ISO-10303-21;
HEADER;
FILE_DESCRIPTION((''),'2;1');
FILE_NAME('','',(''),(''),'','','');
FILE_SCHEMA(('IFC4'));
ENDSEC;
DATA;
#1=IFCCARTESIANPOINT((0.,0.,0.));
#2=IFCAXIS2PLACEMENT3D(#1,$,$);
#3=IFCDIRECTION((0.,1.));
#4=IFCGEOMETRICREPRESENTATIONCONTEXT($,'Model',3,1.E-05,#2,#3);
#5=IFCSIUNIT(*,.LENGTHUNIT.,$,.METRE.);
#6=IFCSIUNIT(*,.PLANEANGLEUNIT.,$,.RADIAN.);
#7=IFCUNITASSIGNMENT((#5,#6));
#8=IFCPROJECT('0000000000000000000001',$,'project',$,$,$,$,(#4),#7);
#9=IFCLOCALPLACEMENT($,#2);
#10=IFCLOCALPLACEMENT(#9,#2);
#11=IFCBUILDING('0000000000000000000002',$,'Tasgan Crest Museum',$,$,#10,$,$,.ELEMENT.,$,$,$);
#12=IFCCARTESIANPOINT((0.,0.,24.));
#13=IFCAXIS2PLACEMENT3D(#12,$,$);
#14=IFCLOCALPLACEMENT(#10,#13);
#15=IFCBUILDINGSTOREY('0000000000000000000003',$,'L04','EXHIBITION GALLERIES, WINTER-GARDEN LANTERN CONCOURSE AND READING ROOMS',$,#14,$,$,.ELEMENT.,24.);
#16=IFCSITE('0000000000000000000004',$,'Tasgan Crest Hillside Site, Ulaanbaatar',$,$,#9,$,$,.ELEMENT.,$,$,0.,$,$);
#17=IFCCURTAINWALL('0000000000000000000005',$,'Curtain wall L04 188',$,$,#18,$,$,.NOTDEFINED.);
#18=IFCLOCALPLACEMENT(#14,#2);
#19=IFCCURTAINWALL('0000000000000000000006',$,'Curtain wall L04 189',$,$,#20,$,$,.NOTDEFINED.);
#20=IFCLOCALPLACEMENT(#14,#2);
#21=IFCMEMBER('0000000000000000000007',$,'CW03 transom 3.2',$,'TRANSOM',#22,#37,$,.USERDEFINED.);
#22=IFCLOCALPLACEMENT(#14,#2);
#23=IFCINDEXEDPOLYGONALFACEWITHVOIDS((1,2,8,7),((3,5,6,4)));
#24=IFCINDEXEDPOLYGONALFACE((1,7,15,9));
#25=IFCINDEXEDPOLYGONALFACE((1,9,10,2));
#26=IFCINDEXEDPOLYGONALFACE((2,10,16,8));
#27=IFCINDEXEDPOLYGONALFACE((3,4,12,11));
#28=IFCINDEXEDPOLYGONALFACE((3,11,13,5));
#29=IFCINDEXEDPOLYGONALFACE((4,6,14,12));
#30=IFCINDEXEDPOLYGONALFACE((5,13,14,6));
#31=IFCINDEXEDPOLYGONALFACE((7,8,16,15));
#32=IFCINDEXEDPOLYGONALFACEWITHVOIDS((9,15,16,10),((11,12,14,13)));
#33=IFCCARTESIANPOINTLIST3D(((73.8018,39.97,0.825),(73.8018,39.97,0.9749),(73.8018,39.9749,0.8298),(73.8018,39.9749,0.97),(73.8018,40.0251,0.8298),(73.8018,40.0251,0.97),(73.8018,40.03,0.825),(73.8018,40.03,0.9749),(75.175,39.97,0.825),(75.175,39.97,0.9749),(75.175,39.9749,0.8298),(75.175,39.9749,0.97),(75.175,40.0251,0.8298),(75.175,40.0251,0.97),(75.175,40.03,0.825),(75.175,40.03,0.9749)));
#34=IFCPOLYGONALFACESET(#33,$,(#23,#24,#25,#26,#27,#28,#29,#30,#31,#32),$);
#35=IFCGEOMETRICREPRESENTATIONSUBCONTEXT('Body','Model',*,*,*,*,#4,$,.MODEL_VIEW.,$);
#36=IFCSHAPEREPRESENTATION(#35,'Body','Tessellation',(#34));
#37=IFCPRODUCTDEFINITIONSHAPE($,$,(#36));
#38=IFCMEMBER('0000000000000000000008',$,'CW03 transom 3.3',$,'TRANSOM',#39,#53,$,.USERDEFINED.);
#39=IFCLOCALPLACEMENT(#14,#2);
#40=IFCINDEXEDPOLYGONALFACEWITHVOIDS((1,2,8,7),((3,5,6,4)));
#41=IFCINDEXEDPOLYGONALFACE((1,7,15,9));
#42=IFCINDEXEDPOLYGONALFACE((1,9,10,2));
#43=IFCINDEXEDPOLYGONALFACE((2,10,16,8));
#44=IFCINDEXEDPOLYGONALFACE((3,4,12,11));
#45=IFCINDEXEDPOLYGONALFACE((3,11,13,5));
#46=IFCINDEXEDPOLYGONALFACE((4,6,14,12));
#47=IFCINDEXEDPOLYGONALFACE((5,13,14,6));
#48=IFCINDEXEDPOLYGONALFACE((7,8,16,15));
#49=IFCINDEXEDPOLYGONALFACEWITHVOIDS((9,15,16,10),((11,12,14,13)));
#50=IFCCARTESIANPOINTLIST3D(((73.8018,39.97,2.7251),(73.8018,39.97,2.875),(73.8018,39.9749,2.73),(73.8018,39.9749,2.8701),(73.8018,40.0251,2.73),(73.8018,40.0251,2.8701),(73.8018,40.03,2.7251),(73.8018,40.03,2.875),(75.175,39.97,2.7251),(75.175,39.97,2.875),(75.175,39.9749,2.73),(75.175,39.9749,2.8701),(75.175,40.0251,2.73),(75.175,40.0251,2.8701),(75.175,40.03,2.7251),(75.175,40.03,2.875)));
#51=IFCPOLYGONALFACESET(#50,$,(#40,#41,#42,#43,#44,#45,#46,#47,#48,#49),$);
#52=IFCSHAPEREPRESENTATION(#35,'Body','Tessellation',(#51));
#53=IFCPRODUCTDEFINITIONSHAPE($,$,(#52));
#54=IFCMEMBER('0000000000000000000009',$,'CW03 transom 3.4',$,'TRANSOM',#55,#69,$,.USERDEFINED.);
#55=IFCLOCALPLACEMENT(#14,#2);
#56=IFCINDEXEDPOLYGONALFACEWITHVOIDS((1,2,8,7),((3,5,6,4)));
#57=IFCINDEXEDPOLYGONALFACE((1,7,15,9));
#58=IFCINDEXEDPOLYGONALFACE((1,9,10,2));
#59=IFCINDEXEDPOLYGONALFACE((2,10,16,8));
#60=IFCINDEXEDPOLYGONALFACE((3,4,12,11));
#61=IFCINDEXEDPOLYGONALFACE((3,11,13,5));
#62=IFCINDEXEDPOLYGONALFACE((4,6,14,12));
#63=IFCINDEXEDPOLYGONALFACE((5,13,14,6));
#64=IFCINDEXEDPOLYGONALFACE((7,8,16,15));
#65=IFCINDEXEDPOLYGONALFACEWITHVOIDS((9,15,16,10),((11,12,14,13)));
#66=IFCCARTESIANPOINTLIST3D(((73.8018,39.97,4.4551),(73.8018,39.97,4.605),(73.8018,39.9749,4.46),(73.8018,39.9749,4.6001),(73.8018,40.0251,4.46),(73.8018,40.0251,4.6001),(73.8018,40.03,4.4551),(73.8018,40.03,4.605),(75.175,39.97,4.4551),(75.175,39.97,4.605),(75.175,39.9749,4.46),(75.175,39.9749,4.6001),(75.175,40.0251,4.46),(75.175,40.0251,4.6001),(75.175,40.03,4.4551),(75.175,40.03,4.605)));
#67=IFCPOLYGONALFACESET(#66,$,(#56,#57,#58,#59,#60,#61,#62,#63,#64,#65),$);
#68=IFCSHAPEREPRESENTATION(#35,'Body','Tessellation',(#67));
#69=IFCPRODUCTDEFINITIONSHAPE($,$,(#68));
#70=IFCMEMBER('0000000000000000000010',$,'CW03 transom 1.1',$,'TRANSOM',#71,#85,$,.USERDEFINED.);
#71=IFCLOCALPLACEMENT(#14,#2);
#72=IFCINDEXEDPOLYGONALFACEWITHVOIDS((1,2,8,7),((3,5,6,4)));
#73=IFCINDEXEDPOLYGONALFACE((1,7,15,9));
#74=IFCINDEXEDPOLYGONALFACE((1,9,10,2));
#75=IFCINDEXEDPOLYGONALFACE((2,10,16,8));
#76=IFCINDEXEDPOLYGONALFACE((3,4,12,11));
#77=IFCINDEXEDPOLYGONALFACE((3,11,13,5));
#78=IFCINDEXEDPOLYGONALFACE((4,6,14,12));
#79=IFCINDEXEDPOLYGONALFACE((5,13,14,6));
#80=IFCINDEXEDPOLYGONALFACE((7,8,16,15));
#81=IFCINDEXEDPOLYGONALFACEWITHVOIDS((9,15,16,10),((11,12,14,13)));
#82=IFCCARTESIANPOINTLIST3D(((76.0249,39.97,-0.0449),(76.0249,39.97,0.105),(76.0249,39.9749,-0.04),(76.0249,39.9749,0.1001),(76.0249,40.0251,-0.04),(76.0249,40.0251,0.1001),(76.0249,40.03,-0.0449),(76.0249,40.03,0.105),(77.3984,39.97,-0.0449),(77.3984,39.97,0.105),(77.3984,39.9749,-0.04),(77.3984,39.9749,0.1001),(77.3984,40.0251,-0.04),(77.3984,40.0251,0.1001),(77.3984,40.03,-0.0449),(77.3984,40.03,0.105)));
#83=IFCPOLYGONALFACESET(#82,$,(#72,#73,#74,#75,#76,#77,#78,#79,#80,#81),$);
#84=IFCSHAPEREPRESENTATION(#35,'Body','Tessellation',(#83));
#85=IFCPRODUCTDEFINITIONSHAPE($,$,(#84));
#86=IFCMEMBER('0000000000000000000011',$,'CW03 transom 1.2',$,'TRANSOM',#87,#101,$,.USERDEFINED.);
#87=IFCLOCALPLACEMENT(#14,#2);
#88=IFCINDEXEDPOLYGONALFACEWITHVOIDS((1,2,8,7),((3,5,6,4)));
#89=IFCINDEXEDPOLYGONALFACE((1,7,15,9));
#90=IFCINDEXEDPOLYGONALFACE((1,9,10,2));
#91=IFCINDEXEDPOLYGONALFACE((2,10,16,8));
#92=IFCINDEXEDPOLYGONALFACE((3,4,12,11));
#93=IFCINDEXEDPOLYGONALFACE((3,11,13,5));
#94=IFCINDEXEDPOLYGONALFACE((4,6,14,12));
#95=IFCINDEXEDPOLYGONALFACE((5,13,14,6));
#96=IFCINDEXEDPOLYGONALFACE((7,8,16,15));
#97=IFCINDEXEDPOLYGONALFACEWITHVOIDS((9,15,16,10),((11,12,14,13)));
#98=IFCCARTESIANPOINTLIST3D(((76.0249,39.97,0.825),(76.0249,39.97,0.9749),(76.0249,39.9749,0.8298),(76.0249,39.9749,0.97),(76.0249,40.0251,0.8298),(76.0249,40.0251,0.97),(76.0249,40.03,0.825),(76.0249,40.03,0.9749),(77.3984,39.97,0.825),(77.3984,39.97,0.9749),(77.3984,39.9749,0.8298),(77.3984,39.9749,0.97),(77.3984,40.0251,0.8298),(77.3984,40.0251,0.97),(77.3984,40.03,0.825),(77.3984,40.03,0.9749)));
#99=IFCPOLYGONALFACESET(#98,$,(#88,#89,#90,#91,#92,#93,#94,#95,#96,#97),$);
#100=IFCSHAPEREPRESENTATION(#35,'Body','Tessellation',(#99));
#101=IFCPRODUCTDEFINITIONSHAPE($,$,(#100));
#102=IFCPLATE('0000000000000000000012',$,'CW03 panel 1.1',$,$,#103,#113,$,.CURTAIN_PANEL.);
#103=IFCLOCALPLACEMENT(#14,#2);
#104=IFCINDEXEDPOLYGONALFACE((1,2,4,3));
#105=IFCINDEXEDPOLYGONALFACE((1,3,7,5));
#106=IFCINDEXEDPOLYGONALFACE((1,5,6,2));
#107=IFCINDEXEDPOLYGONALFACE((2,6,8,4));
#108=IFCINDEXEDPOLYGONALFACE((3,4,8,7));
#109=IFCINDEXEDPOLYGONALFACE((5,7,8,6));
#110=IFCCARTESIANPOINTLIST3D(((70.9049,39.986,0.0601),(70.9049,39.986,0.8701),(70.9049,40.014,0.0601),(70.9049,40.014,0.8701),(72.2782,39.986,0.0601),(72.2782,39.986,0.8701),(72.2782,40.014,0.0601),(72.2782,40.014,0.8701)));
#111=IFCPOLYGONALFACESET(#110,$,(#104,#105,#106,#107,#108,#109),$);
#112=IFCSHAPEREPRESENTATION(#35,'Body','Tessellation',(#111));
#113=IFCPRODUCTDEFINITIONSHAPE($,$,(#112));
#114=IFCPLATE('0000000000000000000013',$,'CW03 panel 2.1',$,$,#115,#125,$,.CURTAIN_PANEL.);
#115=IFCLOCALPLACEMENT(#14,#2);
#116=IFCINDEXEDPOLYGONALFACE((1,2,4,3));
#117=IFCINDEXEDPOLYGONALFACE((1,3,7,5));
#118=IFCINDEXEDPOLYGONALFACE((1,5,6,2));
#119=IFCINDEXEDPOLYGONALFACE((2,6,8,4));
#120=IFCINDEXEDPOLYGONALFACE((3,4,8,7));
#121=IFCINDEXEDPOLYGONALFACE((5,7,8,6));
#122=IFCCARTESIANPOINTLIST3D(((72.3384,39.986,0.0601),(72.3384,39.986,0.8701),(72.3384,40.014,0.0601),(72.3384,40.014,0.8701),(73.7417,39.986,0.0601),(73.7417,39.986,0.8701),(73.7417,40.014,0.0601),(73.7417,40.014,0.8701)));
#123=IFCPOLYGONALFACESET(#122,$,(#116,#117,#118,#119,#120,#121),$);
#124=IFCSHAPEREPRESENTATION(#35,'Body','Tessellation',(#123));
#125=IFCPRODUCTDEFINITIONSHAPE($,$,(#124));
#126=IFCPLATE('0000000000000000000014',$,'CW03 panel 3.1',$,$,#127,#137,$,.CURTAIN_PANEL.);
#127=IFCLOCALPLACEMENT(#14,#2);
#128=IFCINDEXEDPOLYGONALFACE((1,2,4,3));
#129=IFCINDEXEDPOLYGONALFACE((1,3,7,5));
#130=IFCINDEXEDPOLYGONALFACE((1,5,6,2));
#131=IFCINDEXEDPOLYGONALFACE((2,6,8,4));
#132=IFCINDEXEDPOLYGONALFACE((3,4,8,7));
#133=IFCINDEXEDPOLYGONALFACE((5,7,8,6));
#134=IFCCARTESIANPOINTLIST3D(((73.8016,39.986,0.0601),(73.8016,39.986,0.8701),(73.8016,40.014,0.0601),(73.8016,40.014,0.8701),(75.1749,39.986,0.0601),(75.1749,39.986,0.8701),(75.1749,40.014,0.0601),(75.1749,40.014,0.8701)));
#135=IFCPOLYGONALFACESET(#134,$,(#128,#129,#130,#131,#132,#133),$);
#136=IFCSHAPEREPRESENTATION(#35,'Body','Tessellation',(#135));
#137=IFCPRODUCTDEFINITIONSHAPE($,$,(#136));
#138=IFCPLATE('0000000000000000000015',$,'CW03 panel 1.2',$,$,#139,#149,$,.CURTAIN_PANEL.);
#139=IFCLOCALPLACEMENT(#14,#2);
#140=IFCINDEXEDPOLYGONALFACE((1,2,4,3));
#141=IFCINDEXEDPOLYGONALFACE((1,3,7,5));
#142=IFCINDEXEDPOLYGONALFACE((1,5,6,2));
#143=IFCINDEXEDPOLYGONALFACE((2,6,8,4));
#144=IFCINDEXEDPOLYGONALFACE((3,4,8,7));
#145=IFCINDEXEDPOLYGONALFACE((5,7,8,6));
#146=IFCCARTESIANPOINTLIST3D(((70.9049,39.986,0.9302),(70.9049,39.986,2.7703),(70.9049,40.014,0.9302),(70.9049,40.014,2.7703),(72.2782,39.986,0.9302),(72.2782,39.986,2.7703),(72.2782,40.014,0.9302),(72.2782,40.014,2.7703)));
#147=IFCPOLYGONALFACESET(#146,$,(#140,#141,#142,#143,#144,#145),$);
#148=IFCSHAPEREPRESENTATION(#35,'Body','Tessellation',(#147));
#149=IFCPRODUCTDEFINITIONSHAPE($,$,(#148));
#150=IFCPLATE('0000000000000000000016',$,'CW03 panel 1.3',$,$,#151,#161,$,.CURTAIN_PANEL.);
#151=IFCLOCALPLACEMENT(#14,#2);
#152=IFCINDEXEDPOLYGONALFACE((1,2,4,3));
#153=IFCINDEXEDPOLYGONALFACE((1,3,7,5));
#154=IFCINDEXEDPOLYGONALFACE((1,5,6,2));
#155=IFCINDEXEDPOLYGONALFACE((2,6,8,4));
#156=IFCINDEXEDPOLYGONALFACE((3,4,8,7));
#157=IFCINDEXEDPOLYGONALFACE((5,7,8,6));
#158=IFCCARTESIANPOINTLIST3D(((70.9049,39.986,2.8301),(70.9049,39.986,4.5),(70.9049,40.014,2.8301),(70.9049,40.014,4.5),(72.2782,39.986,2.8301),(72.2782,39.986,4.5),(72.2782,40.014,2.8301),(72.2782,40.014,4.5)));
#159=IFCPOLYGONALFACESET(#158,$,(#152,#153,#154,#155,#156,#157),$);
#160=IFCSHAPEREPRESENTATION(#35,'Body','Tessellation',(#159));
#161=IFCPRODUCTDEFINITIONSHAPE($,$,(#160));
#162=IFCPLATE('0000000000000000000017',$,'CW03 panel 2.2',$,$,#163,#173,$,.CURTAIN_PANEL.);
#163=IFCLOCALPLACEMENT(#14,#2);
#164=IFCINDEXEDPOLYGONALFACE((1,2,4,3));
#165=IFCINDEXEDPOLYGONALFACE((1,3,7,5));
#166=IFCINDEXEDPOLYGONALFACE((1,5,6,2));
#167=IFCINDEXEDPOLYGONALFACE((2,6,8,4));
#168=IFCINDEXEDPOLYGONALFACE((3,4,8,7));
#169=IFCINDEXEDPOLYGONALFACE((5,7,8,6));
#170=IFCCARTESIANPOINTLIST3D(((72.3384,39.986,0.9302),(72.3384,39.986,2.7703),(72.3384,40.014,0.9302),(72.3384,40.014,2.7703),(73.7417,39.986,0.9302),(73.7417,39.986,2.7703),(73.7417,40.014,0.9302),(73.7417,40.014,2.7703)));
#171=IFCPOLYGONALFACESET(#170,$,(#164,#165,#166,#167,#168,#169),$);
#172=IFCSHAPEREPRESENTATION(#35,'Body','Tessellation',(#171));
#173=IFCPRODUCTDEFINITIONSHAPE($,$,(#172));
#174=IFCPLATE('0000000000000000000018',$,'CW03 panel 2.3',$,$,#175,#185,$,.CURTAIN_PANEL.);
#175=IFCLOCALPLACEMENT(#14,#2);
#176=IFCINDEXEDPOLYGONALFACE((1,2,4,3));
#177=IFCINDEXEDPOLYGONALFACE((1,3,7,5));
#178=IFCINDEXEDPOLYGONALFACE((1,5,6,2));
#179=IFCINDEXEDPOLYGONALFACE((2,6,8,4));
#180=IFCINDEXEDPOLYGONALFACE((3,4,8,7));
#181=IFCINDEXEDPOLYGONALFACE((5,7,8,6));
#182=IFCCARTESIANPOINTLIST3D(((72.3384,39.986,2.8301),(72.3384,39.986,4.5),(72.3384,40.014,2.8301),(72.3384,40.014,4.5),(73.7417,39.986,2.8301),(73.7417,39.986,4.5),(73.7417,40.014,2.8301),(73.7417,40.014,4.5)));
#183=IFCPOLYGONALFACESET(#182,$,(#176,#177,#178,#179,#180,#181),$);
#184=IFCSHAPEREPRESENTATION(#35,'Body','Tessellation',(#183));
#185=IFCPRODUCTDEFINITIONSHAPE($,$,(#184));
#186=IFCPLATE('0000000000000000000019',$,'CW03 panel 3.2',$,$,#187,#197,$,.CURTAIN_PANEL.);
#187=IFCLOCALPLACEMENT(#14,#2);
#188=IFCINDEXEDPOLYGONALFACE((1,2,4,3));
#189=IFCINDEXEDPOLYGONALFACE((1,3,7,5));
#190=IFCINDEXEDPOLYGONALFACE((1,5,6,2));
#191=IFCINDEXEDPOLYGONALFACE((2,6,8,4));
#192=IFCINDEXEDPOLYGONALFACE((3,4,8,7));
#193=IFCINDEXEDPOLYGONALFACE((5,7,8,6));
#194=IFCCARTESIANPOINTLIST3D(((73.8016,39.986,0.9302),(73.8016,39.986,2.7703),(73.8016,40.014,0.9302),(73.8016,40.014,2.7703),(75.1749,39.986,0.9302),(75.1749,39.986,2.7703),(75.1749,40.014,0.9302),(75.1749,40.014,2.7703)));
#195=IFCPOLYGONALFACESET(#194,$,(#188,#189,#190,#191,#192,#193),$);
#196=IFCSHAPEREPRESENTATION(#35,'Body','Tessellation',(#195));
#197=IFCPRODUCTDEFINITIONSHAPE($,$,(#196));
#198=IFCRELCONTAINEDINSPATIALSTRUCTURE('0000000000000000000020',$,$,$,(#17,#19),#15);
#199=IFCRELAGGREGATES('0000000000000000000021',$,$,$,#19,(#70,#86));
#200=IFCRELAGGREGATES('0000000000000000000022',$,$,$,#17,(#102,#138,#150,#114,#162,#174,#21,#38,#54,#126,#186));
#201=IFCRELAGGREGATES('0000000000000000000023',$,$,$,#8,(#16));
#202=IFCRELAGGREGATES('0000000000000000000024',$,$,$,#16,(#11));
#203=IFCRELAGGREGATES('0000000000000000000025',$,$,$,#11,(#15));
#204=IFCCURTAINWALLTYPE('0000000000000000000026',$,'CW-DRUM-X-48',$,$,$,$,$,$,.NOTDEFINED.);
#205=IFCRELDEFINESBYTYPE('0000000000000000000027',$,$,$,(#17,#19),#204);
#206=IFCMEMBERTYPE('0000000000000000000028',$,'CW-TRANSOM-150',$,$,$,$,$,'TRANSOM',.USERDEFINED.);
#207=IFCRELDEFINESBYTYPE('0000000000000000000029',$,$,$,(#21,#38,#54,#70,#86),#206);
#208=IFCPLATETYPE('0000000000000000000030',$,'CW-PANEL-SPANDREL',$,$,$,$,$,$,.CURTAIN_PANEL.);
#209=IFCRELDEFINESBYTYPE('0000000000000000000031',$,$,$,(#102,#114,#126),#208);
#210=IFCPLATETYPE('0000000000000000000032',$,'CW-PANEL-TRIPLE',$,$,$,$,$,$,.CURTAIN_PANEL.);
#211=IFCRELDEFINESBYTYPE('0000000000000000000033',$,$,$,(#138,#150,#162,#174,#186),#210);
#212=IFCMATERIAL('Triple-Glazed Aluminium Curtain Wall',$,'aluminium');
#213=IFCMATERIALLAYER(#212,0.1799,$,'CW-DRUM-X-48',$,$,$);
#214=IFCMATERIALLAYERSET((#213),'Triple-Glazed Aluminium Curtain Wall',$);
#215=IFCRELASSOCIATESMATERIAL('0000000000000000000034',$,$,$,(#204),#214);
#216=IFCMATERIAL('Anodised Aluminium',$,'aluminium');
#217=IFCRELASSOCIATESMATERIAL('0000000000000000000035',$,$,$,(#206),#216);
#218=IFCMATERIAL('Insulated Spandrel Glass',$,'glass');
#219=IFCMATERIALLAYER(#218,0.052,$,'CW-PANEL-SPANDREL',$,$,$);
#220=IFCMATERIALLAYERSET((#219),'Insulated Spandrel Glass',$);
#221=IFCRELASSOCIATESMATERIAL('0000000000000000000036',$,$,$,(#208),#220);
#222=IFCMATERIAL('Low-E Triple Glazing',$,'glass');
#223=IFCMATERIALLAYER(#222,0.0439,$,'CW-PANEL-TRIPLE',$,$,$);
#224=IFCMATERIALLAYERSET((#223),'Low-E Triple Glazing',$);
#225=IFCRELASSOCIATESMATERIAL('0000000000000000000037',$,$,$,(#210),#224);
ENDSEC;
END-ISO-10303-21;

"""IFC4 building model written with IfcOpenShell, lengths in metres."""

from ifc_helpers import new_model, si_unit, direction, frame, origin, origin_2d, place, context, subcontext, project, spatial, rectangle, hollow_rectangle, extrude, material, layer, layer_set, material_profile, profile_set, type_object, element, aggregate, save


model = new_model("IFC4")

# Units and contexts
model_context = context("Model", 3, precision=1e-05, world=origin(), true_north=direction((0.0, 1.0)))
body_context = subcontext(model_context, "Body", "Model", "MODEL_VIEW")
ifc_project = project(units=[si_unit("LENGTHUNIT", "METRE"), si_unit("PLANEANGLEUNIT", "RADIAN")], contexts=[model_context])

# Site, building, storey
site_placement = place(None, origin())
site = spatial("IfcSite", under=ifc_project, at=site_placement, Name="Tasgan Crest Hillside Site, Ulaanbaatar", CompositionType="ELEMENT", RefElevation=0.0)
building_placement = place(site_placement, origin())
building = spatial("IfcBuilding", under=site, at=building_placement, Name="Tasgan Crest Museum", CompositionType="ELEMENT")
storey_placement = place(building_placement, frame((0.0, 0.0, 24.0)))
storey = spatial("IfcBuildingStorey", under=building, at=storey_placement, Name="L04", Description="EXHIBITION GALLERIES, WINTER-GARDEN LANTERN CONCOURSE AND READING ROOMS", CompositionType="ELEMENT", Elevation=24.0)

# Curtain wall
ifc_material_1 = material(Name="Triple-Glazed Aluminium Curtain Wall", Category="aluminium")
ifc_layer_1 = layer(ifc_material_1, 0.1799, Name="CW-DRUM-X-48")
ifc_layer_set_1 = layer_set([ifc_layer_1], Name="Triple-Glazed Aluminium Curtain Wall")
curtain_wall_type = type_object("IfcCurtainWallType", Name="CW-DRUM-X-48", PredefinedType="NOTDEFINED", material=ifc_layer_set_1)
curtain_wall_1_placement = place(storey_placement, origin())
curtain_wall_1 = element("IfcCurtainWall", 1, at=curtain_wall_1_placement, inside=storey, type_object=curtain_wall_type, Name="Curtain wall L04 188", PredefinedType="NOTDEFINED")

# Curtain wall
curtain_wall_2_placement = place(storey_placement, origin())
curtain_wall_2 = element("IfcCurtainWall", 2, at=curtain_wall_2_placement, inside=storey, type_object=curtain_wall_type, Name="Curtain wall L04 189", PredefinedType="NOTDEFINED")

# Members
ifc_material_2 = material(Name="Anodised Aluminium", Category="aluminium")
ifc_material_profile_1 = material_profile(ifc_material_2, hollow_rectangle(XDim=0.0601, YDim=0.1499, WallThickness=0.0049, at=origin_2d()), Name="ALU TRANSOM 150x60x5")
ifc_profile_set_1 = profile_set([ifc_material_profile_1], Name="Anodised Aluminium")
member_type_1 = type_object("IfcMemberType", Name="CW-TRANSOM-150", ElementType="TRANSOM", PredefinedType="USERDEFINED", material=ifc_profile_set_1)
member_1_placement = place(storey_placement, frame((73.8018, 40.0, 0.8999), z_axis=(1.0, 0.0, 0.0), x_axis=(0.0, 1.0, 0.0)))
member_1 = element("IfcMember", 3, at=member_1_placement, type_object=member_type_1, Name="CW03 transom 3.2", ObjectType="TRANSOM", PredefinedType="USERDEFINED", context=body_context, shape_type="SweptSolid", body=[
    extrude(hollow_rectangle(XDim=0.0601, YDim=0.1499, WallThickness=0.0049, at=origin_2d()), origin(), (0.0, 0.0, 1.0), 1.3733),
])
member_2_placement = place(storey_placement, frame((73.8018, 40.0, 2.8), z_axis=(1.0, 0.0, 0.0), x_axis=(0.0, 1.0, 0.0)))
member_2 = element("IfcMember", 4, at=member_2_placement, type_object=member_type_1, Name="CW03 transom 3.3", ObjectType="TRANSOM", PredefinedType="USERDEFINED", context=body_context, shape_type="SweptSolid", body=[
    extrude(hollow_rectangle(XDim=0.0601, YDim=0.1499, WallThickness=0.0049, at=origin_2d()), origin(), (0.0, 0.0, 1.0), 1.3733),
])
member_3_placement = place(storey_placement, frame((73.8018, 40.0, 4.53), z_axis=(1.0, 0.0, 0.0), x_axis=(0.0, 1.0, 0.0)))
member_3 = element("IfcMember", 5, at=member_3_placement, type_object=member_type_1, Name="CW03 transom 3.4", ObjectType="TRANSOM", PredefinedType="USERDEFINED", context=body_context, shape_type="SweptSolid", body=[
    extrude(hollow_rectangle(XDim=0.0601, YDim=0.1499, WallThickness=0.0049, at=origin_2d()), origin(), (0.0, 0.0, 1.0), 1.3733),
])
member_4_placement = place(storey_placement, frame((76.0249, 40.0, 0.03), z_axis=(1.0, 0.0, 0.0), x_axis=(0.0, 1.0, 0.0)))
member_4 = element("IfcMember", 6, at=member_4_placement, type_object=member_type_1, Name="CW03 transom 1.1", ObjectType="TRANSOM", PredefinedType="USERDEFINED", context=body_context, shape_type="SweptSolid", body=[
    extrude(hollow_rectangle(XDim=0.0601, YDim=0.1499, WallThickness=0.0049, at=origin_2d()), origin(), (0.0, 0.0, 1.0), 1.3735),
])
member_5_placement = place(storey_placement, frame((76.0249, 40.0, 0.8999), z_axis=(1.0, 0.0, 0.0), x_axis=(0.0, 1.0, 0.0)))
member_5 = element("IfcMember", 7, at=member_5_placement, type_object=member_type_1, Name="CW03 transom 1.2", ObjectType="TRANSOM", PredefinedType="USERDEFINED", context=body_context, shape_type="SweptSolid", body=[
    extrude(hollow_rectangle(XDim=0.0601, YDim=0.1499, WallThickness=0.0049, at=origin_2d()), origin(), (0.0, 0.0, 1.0), 1.3735),
])
aggregate(curtain_wall_2, [member_4, member_5])

# Plates
ifc_material_3 = material(Name="Insulated Spandrel Glass", Category="glass")
ifc_layer_2 = layer(ifc_material_3, 0.052, Name="CW-PANEL-SPANDREL")
ifc_layer_set_2 = layer_set([ifc_layer_2], Name="Insulated Spandrel Glass")
plate_type_1 = type_object("IfcPlateType", Name="CW-PANEL-SPANDREL", PredefinedType="CURTAIN_PANEL", material=ifc_layer_set_2)
plate_1_placement = place(storey_placement, frame((71.5916, 40.0, 0.0601), z_axis=(0.0, 0.0, 1.0), x_axis=(1.0, 0.0, 0.0)))
plate_1 = element("IfcPlate", 8, at=plate_1_placement, type_object=plate_type_1, Name="CW03 panel 1.1", PredefinedType="CURTAIN_PANEL", context=body_context, shape_type="SweptSolid", body=[
    extrude(rectangle(XDim=1.3733, YDim=0.0281, at=origin_2d()), origin(), (0.0, 0.0, 1.0), 0.8101),
])
plate_2_placement = place(storey_placement, frame((73.04, 40.0, 0.0601), z_axis=(0.0, 0.0, 1.0), x_axis=(1.0, 0.0, 0.0)))
plate_2 = element("IfcPlate", 9, at=plate_2_placement, type_object=plate_type_1, Name="CW03 panel 2.1", PredefinedType="CURTAIN_PANEL", context=body_context, shape_type="SweptSolid", body=[
    extrude(rectangle(XDim=1.4033, YDim=0.0281, at=origin_2d()), origin(), (0.0, 0.0, 1.0), 0.8101),
])
plate_3_placement = place(storey_placement, frame((74.4883, 40.0, 0.0601), z_axis=(0.0, 0.0, 1.0), x_axis=(1.0, 0.0, 0.0)))
plate_3 = element("IfcPlate", 10, at=plate_3_placement, type_object=plate_type_1, Name="CW03 panel 3.1", PredefinedType="CURTAIN_PANEL", context=body_context, shape_type="SweptSolid", body=[
    extrude(rectangle(XDim=1.3733, YDim=0.0281, at=origin_2d()), origin(), (0.0, 0.0, 1.0), 0.8101),
])
ifc_material_4 = material(Name="Low-E Triple Glazing", Category="glass")
ifc_layer_3 = layer(ifc_material_4, 0.0439, Name="CW-PANEL-TRIPLE")
ifc_layer_set_3 = layer_set([ifc_layer_3], Name="Low-E Triple Glazing")
plate_type_2 = type_object("IfcPlateType", Name="CW-PANEL-TRIPLE", PredefinedType="CURTAIN_PANEL", material=ifc_layer_set_3)
plate_4_placement = place(storey_placement, frame((71.5916, 40.0, 0.9302), z_axis=(0.0, 0.0, 1.0), x_axis=(1.0, 0.0, 0.0)))
plate_4 = element("IfcPlate", 11, at=plate_4_placement, type_object=plate_type_2, Name="CW03 panel 1.2", PredefinedType="CURTAIN_PANEL", context=body_context, shape_type="SweptSolid", body=[
    extrude(rectangle(XDim=1.3733, YDim=0.0281, at=origin_2d()), origin(), (0.0, 0.0, 1.0), 1.8401),
])
plate_5_placement = place(storey_placement, frame((71.5916, 40.0, 2.8301), z_axis=(0.0, 0.0, 1.0), x_axis=(1.0, 0.0, 0.0)))
plate_5 = element("IfcPlate", 12, at=plate_5_placement, type_object=plate_type_2, Name="CW03 panel 1.3", PredefinedType="CURTAIN_PANEL", context=body_context, shape_type="SweptSolid", body=[
    extrude(rectangle(XDim=1.3733, YDim=0.0281, at=origin_2d()), origin(), (0.0, 0.0, 1.0), 1.6699),
])
plate_6_placement = place(storey_placement, frame((73.04, 40.0, 0.9302), z_axis=(0.0, 0.0, 1.0), x_axis=(1.0, 0.0, 0.0)))
plate_6 = element("IfcPlate", 13, at=plate_6_placement, type_object=plate_type_2, Name="CW03 panel 2.2", PredefinedType="CURTAIN_PANEL", context=body_context, shape_type="SweptSolid", body=[
    extrude(rectangle(XDim=1.4033, YDim=0.0281, at=origin_2d()), origin(), (0.0, 0.0, 1.0), 1.8401),
])
plate_7_placement = place(storey_placement, frame((73.04, 40.0, 2.8301), z_axis=(0.0, 0.0, 1.0), x_axis=(1.0, 0.0, 0.0)))
plate_7 = element("IfcPlate", 14, at=plate_7_placement, type_object=plate_type_2, Name="CW03 panel 2.3", PredefinedType="CURTAIN_PANEL", context=body_context, shape_type="SweptSolid", body=[
    extrude(rectangle(XDim=1.4033, YDim=0.0281, at=origin_2d()), origin(), (0.0, 0.0, 1.0), 1.6699),
])
plate_8_placement = place(storey_placement, frame((74.4883, 40.0, 0.9302), z_axis=(0.0, 0.0, 1.0), x_axis=(1.0, 0.0, 0.0)))
plate_8 = element("IfcPlate", 15, at=plate_8_placement, type_object=plate_type_2, Name="CW03 panel 3.2", PredefinedType="CURTAIN_PANEL", context=body_context, shape_type="SweptSolid", body=[
    extrude(rectangle(XDim=1.3733, YDim=0.0281, at=origin_2d()), origin(), (0.0, 0.0, 1.0), 1.8401),
])
aggregate(curtain_wall_1, [plate_1, plate_4, plate_5, plate_2, plate_6, plate_7, member_1, member_2, member_3, plate_3, plate_8])

save(model, "model.ifc")
